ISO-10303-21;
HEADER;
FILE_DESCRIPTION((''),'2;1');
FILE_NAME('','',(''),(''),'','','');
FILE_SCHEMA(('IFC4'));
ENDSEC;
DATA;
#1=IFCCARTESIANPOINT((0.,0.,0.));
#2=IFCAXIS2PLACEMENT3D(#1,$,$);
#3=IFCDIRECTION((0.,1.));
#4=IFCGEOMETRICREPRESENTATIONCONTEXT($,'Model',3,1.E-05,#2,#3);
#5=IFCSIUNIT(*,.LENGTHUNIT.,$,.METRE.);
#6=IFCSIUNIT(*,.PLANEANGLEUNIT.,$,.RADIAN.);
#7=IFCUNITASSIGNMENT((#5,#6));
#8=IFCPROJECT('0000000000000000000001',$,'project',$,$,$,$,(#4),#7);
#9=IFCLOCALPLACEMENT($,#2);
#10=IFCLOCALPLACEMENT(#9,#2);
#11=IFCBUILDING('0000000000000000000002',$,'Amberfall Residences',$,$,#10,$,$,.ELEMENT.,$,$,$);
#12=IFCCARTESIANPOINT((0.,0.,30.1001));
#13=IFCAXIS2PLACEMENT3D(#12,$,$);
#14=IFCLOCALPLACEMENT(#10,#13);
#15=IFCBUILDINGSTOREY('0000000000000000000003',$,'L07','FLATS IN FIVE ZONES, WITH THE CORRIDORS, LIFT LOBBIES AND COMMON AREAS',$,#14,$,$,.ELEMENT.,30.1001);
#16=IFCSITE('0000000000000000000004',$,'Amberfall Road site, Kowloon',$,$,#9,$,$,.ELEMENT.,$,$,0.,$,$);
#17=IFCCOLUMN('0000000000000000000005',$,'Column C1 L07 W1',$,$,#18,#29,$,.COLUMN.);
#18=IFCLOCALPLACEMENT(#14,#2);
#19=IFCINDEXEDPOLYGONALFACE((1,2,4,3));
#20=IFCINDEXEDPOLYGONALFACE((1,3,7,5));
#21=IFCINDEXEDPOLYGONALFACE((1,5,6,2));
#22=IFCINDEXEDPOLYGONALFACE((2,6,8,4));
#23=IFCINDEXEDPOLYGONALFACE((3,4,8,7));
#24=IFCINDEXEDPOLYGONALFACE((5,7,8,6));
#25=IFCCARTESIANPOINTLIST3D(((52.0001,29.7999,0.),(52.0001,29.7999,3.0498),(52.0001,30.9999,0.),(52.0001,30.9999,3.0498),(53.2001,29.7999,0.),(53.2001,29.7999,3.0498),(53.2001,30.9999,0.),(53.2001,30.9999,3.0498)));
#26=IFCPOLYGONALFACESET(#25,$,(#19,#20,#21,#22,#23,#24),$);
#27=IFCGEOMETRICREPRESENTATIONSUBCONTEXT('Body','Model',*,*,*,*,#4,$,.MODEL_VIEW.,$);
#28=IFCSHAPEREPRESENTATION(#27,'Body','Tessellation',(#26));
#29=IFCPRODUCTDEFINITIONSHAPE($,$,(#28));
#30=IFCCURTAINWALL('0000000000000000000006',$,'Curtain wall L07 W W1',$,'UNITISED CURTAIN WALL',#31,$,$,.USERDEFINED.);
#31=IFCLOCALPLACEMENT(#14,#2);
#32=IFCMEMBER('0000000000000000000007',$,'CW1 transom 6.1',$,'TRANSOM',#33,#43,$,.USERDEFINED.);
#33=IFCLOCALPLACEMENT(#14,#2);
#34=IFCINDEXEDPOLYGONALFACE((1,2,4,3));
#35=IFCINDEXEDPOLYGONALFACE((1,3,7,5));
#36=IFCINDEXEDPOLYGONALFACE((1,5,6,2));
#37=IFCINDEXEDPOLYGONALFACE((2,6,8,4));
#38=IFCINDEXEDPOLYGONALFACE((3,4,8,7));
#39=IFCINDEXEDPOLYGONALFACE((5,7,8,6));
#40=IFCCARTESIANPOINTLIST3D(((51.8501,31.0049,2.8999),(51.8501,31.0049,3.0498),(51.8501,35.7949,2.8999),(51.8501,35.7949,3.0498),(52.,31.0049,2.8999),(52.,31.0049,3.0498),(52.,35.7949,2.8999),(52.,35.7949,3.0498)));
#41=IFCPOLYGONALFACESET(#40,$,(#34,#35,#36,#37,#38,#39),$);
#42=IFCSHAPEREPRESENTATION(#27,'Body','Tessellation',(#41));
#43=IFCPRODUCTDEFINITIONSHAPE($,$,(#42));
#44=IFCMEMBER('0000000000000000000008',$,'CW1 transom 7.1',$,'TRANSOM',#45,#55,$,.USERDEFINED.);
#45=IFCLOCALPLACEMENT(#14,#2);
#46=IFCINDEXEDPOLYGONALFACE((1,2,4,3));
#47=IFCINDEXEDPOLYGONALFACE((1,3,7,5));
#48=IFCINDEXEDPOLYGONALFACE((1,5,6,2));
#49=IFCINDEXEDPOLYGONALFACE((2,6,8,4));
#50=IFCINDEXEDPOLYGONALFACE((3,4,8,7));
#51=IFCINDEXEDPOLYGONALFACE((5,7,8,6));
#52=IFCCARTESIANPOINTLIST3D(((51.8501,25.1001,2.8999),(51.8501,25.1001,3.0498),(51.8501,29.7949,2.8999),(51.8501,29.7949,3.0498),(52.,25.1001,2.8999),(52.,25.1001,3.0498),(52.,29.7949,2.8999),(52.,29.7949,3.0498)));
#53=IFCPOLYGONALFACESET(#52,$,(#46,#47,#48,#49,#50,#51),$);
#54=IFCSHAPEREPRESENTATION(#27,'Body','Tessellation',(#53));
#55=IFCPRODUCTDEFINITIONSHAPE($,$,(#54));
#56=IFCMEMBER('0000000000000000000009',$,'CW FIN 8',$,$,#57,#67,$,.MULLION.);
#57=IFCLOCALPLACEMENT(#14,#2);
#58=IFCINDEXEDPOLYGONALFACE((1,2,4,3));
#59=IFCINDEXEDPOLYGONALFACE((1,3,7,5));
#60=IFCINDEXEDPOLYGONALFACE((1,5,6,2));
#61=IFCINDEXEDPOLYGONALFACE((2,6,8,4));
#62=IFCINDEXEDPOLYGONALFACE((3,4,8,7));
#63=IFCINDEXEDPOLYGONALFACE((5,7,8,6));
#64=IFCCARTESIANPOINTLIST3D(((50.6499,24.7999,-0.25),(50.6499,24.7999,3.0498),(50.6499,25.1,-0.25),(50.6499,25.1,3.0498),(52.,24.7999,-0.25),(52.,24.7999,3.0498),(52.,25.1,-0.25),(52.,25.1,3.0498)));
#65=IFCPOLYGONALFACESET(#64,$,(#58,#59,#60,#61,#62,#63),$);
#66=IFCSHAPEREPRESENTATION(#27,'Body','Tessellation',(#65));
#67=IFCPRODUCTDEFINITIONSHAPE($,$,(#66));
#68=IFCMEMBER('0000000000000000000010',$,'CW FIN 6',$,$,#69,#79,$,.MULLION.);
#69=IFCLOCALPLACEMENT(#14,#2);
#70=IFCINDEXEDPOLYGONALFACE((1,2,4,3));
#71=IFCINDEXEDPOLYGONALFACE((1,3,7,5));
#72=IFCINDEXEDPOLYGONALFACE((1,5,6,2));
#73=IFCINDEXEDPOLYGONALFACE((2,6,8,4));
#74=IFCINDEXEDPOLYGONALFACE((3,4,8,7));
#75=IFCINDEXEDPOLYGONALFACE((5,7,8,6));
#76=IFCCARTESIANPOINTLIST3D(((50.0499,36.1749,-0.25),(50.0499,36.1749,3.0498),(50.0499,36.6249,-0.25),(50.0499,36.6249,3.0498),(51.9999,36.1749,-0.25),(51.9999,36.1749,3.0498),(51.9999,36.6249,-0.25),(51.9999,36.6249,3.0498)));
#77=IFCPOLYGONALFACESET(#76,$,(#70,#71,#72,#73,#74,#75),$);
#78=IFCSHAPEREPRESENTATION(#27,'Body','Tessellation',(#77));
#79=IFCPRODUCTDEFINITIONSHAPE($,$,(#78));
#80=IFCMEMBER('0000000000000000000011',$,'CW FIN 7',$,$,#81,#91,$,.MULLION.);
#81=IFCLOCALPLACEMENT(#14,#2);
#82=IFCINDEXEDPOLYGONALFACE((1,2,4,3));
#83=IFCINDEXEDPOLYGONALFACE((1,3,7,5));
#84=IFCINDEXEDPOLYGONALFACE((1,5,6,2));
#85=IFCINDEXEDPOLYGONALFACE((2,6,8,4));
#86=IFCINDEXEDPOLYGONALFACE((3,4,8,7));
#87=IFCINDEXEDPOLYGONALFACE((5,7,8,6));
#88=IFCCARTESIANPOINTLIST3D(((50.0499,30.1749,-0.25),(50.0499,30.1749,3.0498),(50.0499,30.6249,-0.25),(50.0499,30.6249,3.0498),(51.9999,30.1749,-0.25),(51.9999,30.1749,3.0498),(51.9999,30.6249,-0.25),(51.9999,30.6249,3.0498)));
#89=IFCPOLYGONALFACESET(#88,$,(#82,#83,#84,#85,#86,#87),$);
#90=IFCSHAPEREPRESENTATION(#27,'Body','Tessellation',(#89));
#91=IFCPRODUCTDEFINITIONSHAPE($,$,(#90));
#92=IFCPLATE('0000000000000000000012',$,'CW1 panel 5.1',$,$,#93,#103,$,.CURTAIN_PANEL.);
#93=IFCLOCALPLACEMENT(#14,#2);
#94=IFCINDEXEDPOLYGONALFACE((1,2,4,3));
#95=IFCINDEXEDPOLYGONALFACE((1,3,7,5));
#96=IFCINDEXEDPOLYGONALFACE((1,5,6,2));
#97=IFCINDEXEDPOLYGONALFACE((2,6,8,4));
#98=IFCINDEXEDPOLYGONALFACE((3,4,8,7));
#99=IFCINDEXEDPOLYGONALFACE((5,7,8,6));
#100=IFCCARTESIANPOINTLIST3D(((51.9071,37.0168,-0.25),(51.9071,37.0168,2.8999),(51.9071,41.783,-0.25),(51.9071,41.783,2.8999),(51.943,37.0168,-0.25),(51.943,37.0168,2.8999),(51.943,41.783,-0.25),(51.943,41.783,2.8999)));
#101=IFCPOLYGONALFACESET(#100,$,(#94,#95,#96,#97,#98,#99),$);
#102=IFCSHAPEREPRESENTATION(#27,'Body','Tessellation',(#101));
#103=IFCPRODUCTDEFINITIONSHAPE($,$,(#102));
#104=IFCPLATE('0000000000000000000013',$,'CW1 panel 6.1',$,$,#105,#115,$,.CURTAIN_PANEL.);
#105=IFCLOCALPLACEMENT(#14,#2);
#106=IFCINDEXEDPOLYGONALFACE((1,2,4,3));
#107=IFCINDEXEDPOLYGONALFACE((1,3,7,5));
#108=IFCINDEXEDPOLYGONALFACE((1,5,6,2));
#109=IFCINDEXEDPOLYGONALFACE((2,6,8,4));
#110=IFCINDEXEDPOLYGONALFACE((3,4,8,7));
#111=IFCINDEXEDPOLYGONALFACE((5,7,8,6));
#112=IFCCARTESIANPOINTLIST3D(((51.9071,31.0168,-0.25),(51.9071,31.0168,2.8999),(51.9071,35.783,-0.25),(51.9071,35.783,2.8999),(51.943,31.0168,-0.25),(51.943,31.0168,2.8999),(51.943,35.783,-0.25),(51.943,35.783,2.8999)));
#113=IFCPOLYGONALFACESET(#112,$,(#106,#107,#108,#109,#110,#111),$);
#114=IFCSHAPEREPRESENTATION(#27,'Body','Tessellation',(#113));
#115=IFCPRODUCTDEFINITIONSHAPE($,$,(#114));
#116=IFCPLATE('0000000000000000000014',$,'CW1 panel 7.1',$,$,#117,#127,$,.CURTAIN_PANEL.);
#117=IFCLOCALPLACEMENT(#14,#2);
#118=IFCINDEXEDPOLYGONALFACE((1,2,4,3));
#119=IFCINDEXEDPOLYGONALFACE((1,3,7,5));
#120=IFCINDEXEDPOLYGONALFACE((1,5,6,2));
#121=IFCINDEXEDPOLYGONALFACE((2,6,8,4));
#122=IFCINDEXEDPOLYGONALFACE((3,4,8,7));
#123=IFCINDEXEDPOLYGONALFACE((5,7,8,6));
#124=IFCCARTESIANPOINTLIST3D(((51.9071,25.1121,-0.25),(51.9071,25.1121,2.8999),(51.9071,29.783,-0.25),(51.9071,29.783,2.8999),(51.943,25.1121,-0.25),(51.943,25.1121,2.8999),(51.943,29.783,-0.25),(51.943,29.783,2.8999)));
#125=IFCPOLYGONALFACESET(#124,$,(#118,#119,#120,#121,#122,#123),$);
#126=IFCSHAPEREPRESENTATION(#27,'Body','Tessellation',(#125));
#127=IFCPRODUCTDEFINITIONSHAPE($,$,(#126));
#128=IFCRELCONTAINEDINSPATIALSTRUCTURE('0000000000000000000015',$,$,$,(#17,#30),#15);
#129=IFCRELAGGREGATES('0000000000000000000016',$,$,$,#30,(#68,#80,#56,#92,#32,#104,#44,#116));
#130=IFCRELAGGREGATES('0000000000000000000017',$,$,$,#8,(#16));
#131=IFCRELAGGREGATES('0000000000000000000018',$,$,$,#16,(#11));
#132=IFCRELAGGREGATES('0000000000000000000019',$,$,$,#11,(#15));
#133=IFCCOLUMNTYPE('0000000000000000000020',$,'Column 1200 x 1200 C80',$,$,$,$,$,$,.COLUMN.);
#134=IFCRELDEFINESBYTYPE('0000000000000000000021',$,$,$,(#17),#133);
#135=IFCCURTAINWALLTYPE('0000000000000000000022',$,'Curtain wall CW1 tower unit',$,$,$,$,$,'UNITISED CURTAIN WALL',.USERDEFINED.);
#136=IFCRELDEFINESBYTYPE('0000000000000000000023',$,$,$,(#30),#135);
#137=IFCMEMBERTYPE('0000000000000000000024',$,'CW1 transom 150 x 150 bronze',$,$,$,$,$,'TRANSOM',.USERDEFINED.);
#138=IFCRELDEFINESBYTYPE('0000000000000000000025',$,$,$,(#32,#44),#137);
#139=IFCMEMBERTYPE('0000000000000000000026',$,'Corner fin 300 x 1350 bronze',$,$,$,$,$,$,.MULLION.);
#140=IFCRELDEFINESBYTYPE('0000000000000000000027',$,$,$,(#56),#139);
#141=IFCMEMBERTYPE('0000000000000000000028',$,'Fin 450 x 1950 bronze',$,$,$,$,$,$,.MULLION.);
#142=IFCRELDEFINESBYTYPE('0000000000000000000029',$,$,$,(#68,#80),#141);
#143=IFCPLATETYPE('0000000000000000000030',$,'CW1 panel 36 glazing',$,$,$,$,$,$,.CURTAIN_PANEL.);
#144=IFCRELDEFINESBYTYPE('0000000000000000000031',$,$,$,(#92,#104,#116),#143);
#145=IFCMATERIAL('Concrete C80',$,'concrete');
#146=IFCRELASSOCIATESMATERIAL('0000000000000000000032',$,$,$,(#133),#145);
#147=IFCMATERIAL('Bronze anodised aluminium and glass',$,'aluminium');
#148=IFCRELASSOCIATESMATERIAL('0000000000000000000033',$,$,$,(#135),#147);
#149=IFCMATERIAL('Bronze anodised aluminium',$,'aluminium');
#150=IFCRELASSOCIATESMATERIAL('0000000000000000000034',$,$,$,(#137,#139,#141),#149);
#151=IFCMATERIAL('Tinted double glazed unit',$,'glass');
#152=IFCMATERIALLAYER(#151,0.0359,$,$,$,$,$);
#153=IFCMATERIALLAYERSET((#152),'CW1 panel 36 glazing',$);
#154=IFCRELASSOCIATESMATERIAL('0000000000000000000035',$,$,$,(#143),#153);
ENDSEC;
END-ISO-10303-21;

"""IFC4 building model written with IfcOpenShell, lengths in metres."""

from ifc_helpers import new_model, si_unit, direction, frame, origin, origin_2d, place, context, subcontext, project, spatial, rectangle, extrude, material, layer, layer_set, material_profile, profile_set, type_object, element, aggregate, save


model = new_model("IFC4")

# Units and contexts
model_context = context("Model", 3, precision=1e-05, world=origin(), true_north=direction((0.0, 1.0)))
body_context = subcontext(model_context, "Body", "Model", "MODEL_VIEW")
ifc_project = project(units=[si_unit("LENGTHUNIT", "METRE"), si_unit("PLANEANGLEUNIT", "RADIAN")], contexts=[model_context])

# Site, building, storey
site_placement = place(None, origin())
site = spatial("IfcSite", under=ifc_project, at=site_placement, Name="Amberfall Road site, Kowloon", CompositionType="ELEMENT", RefElevation=0.0)
building_placement = place(site_placement, origin())
building = spatial("IfcBuilding", under=site, at=building_placement, Name="Amberfall Residences", CompositionType="ELEMENT")
storey_placement = place(building_placement, frame((0.0, 0.0, 30.1001)))
storey = spatial("IfcBuildingStorey", under=building, at=storey_placement, Name="L07", Description="FLATS IN FIVE ZONES, WITH THE CORRIDORS, LIFT LOBBIES AND COMMON AREAS", CompositionType="ELEMENT", Elevation=30.1001)

# Column
ifc_material_1 = material(Name="Concrete C80", Category="concrete")
ifc_material_profile_1 = material_profile(ifc_material_1, rectangle(XDim=1.2, YDim=1.2, at=origin_2d()), Name="Column 1200 x 1200 C80")
ifc_profile_set_1 = profile_set([ifc_material_profile_1], Name="Concrete C80")
column_type = type_object("IfcColumnType", Name="Column 1200 x 1200 C80", PredefinedType="COLUMN", material=ifc_profile_set_1)
column_placement = place(storey_placement, frame((52.6001, 30.3999, 0.0), z_axis=(0.0, 0.0, 1.0), x_axis=(1.0, 0.0, 0.0)))
element("IfcColumn", 1, at=column_placement, inside=storey, type_object=column_type, Name="Column C1 L07 W1", PredefinedType="COLUMN", context=body_context, shape_type="SweptSolid", body=[
    extrude(rectangle(XDim=1.2, YDim=1.2, at=origin_2d()), origin(), (0.0, 0.0, 1.0), 3.0498),
])

# Curtain wall, members, plates
ifc_material_2 = material(Name="Bronze anodised aluminium and glass", Category="aluminium")
curtain_wall_type = type_object("IfcCurtainWallType", Name="Curtain wall CW1 tower unit", ElementType="UNITISED CURTAIN WALL", PredefinedType="USERDEFINED", material=ifc_material_2)
curtain_wall_placement = place(storey_placement, origin())
curtain_wall = element("IfcCurtainWall", 2, at=curtain_wall_placement, inside=storey, type_object=curtain_wall_type, Name="Curtain wall L07 W W1", ObjectType="UNITISED CURTAIN WALL", PredefinedType="USERDEFINED")
ifc_material_3 = material(Name="Bronze anodised aluminium", Category="aluminium")
ifc_material_profile_2 = material_profile(ifc_material_3, rectangle(XDim=0.1499, YDim=0.1499, at=origin_2d()), Name="CW1 transom 150 x 150 bronze")
ifc_profile_set_2 = profile_set([ifc_material_profile_2], Name="Bronze anodised aluminium")
member_type_1 = type_object("IfcMemberType", Name="CW1 transom 150 x 150 bronze", ElementType="TRANSOM", PredefinedType="USERDEFINED", material=ifc_profile_set_2)
member_1_placement = place(storey_placement, frame((51.925, 35.7949, 2.9749), z_axis=(0.0, -1.0, 0.0), x_axis=(1.0, 0.0, 0.0)))
member_1 = element("IfcMember", 3, at=member_1_placement, type_object=member_type_1, Name="CW1 transom 6.1", ObjectType="TRANSOM", PredefinedType="USERDEFINED", context=body_context, shape_type="SweptSolid", body=[
    extrude(rectangle(XDim=0.1499, YDim=0.1499, at=origin_2d()), origin(), (0.0, 0.0, 1.0), 4.79),
])
member_2_placement = place(storey_placement, frame((51.925, 29.7949, 2.9749), z_axis=(0.0, -1.0, 0.0), x_axis=(1.0, 0.0, 0.0)))
member_2 = element("IfcMember", 4, at=member_2_placement, type_object=member_type_1, Name="CW1 transom 7.1", ObjectType="TRANSOM", PredefinedType="USERDEFINED", context=body_context, shape_type="SweptSolid", body=[
    extrude(rectangle(XDim=0.1499, YDim=0.1499, at=origin_2d()), origin(), (0.0, 0.0, 1.0), 4.6948),
])
ifc_material_profile_3 = material_profile(ifc_material_3, rectangle(XDim=1.3501, YDim=0.3, at=origin_2d()), Name="Corner fin 300 x 1350 bronze")
ifc_profile_set_3 = profile_set([ifc_material_profile_3], Name="Bronze anodised aluminium")
member_type_2 = type_object("IfcMemberType", Name="Corner fin 300 x 1350 bronze", PredefinedType="MULLION", material=ifc_profile_set_3)
member_3_placement = place(storey_placement, frame((51.325, 24.95, -0.25), z_axis=(0.0, 0.0, 1.0), x_axis=(1.0, 0.0, 0.0)))
member_3 = element("IfcMember", 5, at=member_3_placement, type_object=member_type_2, Name="CW FIN 8", PredefinedType="MULLION", context=body_context, shape_type="SweptSolid", body=[
    extrude(rectangle(XDim=1.3501, YDim=0.3, at=origin_2d()), origin(), (0.0, 0.0, 1.0), 3.2998),
])
ifc_material_profile_4 = material_profile(ifc_material_3, rectangle(XDim=1.95, YDim=0.45, at=origin_2d()), Name="Fin 450 x 1950 bronze")
ifc_profile_set_4 = profile_set([ifc_material_profile_4], Name="Bronze anodised aluminium")
member_type_3 = type_object("IfcMemberType", Name="Fin 450 x 1950 bronze", PredefinedType="MULLION", material=ifc_profile_set_4)
member_4_placement = place(storey_placement, frame((51.0249, 36.3999, -0.25), z_axis=(0.0, 0.0, 1.0), x_axis=(1.0, 0.0, 0.0)))
member_4 = element("IfcMember", 6, at=member_4_placement, type_object=member_type_3, Name="CW FIN 6", PredefinedType="MULLION", context=body_context, shape_type="SweptSolid", body=[
    extrude(rectangle(XDim=1.95, YDim=0.45, at=origin_2d()), origin(), (0.0, 0.0, 1.0), 3.2998),
])
member_5_placement = place(storey_placement, frame((51.0249, 30.3999, -0.25), z_axis=(0.0, 0.0, 1.0), x_axis=(1.0, 0.0, 0.0)))
member_5 = element("IfcMember", 7, at=member_5_placement, type_object=member_type_3, Name="CW FIN 7", PredefinedType="MULLION", context=body_context, shape_type="SweptSolid", body=[
    extrude(rectangle(XDim=1.95, YDim=0.45, at=origin_2d()), origin(), (0.0, 0.0, 1.0), 3.2998),
])
ifc_material_4 = material(Name="Tinted double glazed unit", Category="glass")
ifc_layer_1 = layer(ifc_material_4, 0.0359)
ifc_layer_set_1 = layer_set([ifc_layer_1], Name="CW1 panel 36 glazing")
plate_type = type_object("IfcPlateType", Name="CW1 panel 36 glazing", PredefinedType="CURTAIN_PANEL", material=ifc_layer_set_1)
plate_1_placement = place(storey_placement, frame((51.925, 39.3999, -0.25), z_axis=(0.0, 0.0, 1.0), x_axis=(0.0, -1.0, 0.0)))
plate_1 = element("IfcPlate", 8, at=plate_1_placement, type_object=plate_type, Name="CW1 panel 5.1", PredefinedType="CURTAIN_PANEL", context=body_context, shape_type="SweptSolid", body=[
    extrude(rectangle(XDim=4.7661, YDim=0.0359, at=origin_2d()), origin(), (0.0, 0.0, 1.0), 3.1499),
])
plate_2_placement = place(storey_placement, frame((51.925, 33.3999, -0.25), z_axis=(0.0, 0.0, 1.0), x_axis=(0.0, -1.0, 0.0)))
plate_2 = element("IfcPlate", 9, at=plate_2_placement, type_object=plate_type, Name="CW1 panel 6.1", PredefinedType="CURTAIN_PANEL", context=body_context, shape_type="SweptSolid", body=[
    extrude(rectangle(XDim=4.7661, YDim=0.0359, at=origin_2d()), origin(), (0.0, 0.0, 1.0), 3.1499),
])
plate_3_placement = place(storey_placement, frame((51.925, 27.4475, -0.25), z_axis=(0.0, 0.0, 1.0), x_axis=(0.0, -1.0, 0.0)))
plate_3 = element("IfcPlate", 10, at=plate_3_placement, type_object=plate_type, Name="CW1 panel 7.1", PredefinedType="CURTAIN_PANEL", context=body_context, shape_type="SweptSolid", body=[
    extrude(rectangle(XDim=4.6709, YDim=0.0359, at=origin_2d()), origin(), (0.0, 0.0, 1.0), 3.1499),
])
aggregate(curtain_wall, [member_4, member_5, member_3, plate_1, member_1, plate_2, member_2, plate_3])

save(model, "model.ifc")
